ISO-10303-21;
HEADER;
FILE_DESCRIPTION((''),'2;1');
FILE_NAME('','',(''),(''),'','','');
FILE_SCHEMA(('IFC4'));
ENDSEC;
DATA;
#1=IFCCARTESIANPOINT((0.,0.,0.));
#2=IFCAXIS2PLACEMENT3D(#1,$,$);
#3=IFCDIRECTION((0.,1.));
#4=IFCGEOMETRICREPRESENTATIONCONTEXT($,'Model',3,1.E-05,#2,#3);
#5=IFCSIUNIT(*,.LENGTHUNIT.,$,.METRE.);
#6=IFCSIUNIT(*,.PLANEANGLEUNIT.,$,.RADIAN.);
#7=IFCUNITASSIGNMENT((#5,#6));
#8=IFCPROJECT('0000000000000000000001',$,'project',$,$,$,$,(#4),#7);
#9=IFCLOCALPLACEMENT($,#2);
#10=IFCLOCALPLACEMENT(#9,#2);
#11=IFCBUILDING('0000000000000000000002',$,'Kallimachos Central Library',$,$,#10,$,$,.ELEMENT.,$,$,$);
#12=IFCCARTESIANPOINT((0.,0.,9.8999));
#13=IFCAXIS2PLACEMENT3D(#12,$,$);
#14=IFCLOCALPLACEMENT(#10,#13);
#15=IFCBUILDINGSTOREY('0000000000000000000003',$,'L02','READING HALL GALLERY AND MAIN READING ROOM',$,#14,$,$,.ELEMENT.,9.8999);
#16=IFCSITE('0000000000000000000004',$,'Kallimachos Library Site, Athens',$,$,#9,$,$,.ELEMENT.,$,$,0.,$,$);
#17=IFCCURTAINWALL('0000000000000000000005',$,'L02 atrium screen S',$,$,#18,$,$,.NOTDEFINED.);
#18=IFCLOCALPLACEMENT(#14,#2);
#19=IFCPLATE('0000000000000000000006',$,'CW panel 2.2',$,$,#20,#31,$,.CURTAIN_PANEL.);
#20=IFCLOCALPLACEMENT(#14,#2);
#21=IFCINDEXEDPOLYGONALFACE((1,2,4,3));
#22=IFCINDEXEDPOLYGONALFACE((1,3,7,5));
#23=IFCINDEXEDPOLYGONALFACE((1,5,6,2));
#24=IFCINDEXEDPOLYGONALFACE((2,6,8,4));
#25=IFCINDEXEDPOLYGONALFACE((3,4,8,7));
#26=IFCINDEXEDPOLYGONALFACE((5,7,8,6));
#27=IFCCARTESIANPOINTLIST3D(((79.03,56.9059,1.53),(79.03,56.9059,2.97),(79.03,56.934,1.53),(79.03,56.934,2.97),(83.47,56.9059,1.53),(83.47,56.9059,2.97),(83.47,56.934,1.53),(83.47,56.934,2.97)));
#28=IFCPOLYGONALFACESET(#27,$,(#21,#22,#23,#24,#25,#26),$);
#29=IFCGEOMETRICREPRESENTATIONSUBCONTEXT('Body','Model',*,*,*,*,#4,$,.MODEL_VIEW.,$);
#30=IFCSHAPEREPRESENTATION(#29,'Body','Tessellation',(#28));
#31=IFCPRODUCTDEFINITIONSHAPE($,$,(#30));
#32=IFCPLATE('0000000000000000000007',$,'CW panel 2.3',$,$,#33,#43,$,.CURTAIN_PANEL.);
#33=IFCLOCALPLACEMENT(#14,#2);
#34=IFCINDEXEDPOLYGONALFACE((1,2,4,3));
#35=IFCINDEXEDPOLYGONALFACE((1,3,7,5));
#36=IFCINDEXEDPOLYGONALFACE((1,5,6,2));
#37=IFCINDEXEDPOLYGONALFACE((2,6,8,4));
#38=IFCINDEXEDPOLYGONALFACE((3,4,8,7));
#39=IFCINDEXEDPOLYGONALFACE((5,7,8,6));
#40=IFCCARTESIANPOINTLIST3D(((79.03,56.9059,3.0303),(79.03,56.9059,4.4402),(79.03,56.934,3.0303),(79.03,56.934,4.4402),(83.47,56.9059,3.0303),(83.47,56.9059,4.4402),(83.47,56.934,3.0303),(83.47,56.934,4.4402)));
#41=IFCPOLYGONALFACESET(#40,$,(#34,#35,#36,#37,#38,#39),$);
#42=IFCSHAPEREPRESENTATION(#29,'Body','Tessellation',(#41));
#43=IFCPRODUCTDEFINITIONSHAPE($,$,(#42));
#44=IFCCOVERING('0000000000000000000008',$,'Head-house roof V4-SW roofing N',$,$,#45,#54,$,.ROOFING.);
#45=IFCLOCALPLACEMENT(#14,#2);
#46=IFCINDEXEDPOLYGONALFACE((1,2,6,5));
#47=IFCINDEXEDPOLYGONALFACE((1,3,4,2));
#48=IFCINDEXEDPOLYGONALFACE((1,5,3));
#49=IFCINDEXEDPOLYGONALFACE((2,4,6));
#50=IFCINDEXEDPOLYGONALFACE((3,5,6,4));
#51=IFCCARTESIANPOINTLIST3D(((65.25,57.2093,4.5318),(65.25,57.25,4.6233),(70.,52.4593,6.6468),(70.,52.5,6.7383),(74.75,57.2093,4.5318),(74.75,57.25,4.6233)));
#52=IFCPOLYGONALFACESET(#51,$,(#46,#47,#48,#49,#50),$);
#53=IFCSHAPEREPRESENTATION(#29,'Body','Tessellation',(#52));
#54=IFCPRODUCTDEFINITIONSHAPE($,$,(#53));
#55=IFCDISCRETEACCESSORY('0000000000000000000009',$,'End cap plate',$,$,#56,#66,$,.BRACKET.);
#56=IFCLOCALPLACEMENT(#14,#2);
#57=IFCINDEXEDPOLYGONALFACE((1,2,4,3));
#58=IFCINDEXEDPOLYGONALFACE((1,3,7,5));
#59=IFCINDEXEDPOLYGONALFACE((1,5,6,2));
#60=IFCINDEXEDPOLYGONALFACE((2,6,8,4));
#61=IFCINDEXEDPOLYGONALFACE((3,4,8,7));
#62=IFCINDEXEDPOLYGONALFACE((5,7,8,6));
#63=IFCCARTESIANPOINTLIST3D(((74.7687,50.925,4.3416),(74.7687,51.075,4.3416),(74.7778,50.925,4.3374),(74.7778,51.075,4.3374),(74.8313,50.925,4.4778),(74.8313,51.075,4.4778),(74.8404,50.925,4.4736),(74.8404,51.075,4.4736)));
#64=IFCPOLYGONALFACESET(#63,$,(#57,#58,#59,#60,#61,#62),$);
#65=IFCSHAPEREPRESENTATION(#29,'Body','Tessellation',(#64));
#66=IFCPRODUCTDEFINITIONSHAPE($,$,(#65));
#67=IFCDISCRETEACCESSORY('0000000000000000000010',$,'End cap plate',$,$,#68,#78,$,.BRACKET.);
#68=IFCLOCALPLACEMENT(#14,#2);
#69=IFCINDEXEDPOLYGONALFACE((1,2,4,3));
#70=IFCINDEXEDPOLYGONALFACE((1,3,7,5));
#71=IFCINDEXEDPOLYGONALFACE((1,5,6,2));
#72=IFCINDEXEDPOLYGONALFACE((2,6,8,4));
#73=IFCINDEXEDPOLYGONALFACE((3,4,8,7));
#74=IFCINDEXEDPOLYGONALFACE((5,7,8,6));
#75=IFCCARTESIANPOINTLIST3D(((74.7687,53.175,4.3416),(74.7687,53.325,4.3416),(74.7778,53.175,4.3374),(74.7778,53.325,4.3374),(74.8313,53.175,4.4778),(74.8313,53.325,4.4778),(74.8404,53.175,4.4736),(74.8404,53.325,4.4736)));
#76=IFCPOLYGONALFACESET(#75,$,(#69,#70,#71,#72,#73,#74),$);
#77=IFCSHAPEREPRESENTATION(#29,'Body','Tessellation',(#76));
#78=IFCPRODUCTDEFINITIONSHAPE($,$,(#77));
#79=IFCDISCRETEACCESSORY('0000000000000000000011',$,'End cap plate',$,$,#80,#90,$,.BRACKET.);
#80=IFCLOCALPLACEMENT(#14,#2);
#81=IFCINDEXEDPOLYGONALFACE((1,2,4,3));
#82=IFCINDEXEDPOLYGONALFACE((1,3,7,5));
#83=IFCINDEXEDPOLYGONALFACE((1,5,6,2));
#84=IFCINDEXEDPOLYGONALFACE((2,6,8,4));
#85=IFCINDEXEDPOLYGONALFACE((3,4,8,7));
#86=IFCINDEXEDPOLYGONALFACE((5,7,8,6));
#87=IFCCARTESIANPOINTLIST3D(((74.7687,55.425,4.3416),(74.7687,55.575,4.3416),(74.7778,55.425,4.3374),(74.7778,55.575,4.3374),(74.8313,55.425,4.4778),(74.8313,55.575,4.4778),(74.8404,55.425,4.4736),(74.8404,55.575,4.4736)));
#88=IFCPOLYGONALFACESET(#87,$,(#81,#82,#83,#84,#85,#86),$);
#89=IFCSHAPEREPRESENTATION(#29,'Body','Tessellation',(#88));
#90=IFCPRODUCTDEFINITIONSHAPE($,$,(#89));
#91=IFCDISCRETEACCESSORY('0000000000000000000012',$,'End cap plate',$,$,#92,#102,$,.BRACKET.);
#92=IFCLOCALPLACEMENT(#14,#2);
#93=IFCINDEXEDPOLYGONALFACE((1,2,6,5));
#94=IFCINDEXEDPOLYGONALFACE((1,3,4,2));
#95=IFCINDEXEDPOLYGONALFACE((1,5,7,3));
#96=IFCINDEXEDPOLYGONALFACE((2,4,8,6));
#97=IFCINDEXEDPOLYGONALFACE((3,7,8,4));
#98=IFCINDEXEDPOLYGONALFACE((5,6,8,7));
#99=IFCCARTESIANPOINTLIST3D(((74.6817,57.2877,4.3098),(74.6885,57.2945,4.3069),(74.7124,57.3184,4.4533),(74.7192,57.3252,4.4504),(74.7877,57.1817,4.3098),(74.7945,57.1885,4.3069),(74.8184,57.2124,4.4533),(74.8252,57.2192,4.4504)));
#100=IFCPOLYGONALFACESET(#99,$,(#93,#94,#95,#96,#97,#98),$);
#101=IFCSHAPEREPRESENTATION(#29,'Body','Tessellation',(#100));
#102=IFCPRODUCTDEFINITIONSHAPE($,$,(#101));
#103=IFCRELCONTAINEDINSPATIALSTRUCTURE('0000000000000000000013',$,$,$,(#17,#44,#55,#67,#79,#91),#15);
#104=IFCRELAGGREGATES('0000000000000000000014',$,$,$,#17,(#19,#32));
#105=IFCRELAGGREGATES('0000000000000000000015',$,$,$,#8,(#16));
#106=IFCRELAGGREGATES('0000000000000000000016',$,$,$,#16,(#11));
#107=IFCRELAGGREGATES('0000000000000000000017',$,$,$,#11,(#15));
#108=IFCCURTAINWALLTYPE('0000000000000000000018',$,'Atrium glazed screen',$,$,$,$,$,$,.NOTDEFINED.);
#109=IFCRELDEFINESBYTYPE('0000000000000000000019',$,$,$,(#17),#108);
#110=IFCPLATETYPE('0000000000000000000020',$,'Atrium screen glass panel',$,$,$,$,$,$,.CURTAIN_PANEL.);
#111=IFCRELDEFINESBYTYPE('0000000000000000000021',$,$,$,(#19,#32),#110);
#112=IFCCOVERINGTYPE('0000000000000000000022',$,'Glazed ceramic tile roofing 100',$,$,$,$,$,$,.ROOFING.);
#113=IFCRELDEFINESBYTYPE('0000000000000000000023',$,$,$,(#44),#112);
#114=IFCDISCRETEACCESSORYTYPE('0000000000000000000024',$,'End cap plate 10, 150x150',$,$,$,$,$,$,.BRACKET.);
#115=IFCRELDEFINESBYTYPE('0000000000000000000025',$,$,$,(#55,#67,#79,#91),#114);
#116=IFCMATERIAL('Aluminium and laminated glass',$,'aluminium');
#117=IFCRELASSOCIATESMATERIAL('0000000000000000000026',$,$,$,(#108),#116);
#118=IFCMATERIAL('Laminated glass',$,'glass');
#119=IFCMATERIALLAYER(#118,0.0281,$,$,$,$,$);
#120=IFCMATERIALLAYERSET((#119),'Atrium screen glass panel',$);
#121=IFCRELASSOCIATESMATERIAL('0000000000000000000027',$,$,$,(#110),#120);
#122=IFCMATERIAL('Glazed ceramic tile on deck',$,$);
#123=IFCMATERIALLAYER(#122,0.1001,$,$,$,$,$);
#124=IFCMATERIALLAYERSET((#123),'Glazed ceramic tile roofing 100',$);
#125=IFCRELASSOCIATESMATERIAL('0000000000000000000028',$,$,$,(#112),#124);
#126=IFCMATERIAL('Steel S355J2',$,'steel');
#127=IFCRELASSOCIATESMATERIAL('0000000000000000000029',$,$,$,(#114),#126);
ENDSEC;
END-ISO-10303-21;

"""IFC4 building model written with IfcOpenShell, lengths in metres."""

from ifc_helpers import new_model, si_unit, direction, frame, origin, origin_2d, place, context, subcontext, project, spatial, polyline, rectangle, outline, extrude, material, layer, layer_set, material_profile, profile_set, type_object, element, aggregate, save


model = new_model("IFC4")

# Units and contexts
model_context = context("Model", 3, precision=1e-05, world=origin(), true_north=direction((0.0, 1.0)))
body_context = subcontext(model_context, "Body", "Model", "MODEL_VIEW")
ifc_project = project(units=[si_unit("LENGTHUNIT", "METRE"), si_unit("PLANEANGLEUNIT", "RADIAN")], contexts=[model_context])

# Site, building, storey
site_placement = place(None, origin())
site = spatial("IfcSite", under=ifc_project, at=site_placement, Name="Kallimachos Library Site, Athens", CompositionType="ELEMENT", RefElevation=0.0)
building_placement = place(site_placement, origin())
building = spatial("IfcBuilding", under=site, at=building_placement, Name="Kallimachos Central Library", CompositionType="ELEMENT")
storey_placement = place(building_placement, frame((0.0, 0.0, 9.8999)))
storey = spatial("IfcBuildingStorey", under=building, at=storey_placement, Name="L02", Description="READING HALL GALLERY AND MAIN READING ROOM", CompositionType="ELEMENT", Elevation=9.8999)

# Curtain wall
ifc_material_1 = material(Name="Aluminium and laminated glass", Category="aluminium")
curtain_wall_type = type_object("IfcCurtainWallType", Name="Atrium glazed screen", PredefinedType="NOTDEFINED", material=ifc_material_1)
curtain_wall_placement = place(storey_placement, origin())
curtain_wall = element("IfcCurtainWall", 1, at=curtain_wall_placement, inside=storey, type_object=curtain_wall_type, Name="L02 atrium screen S", PredefinedType="NOTDEFINED")

# Plates
ifc_material_2 = material(Name="Laminated glass", Category="glass")
ifc_layer_1 = layer(ifc_material_2, 0.0281)
ifc_layer_set_1 = layer_set([ifc_layer_1], Name="Atrium screen glass panel")
plate_type = type_object("IfcPlateType", Name="Atrium screen glass panel", PredefinedType="CURTAIN_PANEL", material=ifc_layer_set_1)
plate_1_placement = place(storey_placement, frame((81.25, 56.9199, 1.53), z_axis=(0.0, 0.0, 1.0), x_axis=(1.0, 0.0, 0.0)))
plate_1 = element("IfcPlate", 2, at=plate_1_placement, type_object=plate_type, Name="CW panel 2.2", PredefinedType="CURTAIN_PANEL", context=body_context, shape_type="SweptSolid", body=[
    extrude(rectangle(XDim=4.4399, YDim=0.0281, at=origin_2d()), origin(), (0.0, 0.0, 1.0), 1.4399),
])
plate_2_placement = place(storey_placement, frame((81.25, 56.9199, 3.0303), z_axis=(0.0, 0.0, 1.0), x_axis=(1.0, 0.0, 0.0)))
plate_2 = element("IfcPlate", 3, at=plate_2_placement, type_object=plate_type, Name="CW panel 2.3", PredefinedType="CURTAIN_PANEL", context=body_context, shape_type="SweptSolid", body=[
    extrude(rectangle(XDim=4.4399, YDim=0.0281, at=origin_2d()), origin(), (0.0, 0.0, 1.0), 1.4099),
])
aggregate(curtain_wall, [plate_1, plate_2])

# Covering
ifc_material_3 = material(Name="Glazed ceramic tile on deck")
ifc_layer_2 = layer(ifc_material_3, 0.1001)
ifc_layer_set_2 = layer_set([ifc_layer_2], Name="Glazed ceramic tile roofing 100")
covering_type = type_object("IfcCoveringType", Name="Glazed ceramic tile roofing 100", PredefinedType="ROOFING", material=ifc_layer_set_2)
covering_placement = place(storey_placement, frame((74.75, 57.25, 4.6233), z_axis=(0.0, 0.406761, 0.913534), x_axis=(-1.0, 0.0, 0.0)))
element("IfcCovering", 4, at=covering_placement, inside=storey, type_object=covering_type, Name="Head-house roof V4-SW roofing N", PredefinedType="ROOFING", context=body_context, shape_type="SweptSolid", body=[
    extrude(outline(polyline([(0.0, 0.0), (9.5, 0.0), (4.75, 5.1996), (0.0, 0.0)])), origin(), (0.0, 0.0, -1.0), 0.1001),
])

# Discrete accessories
ifc_material_4 = material(Name="Steel S355J2", Category="steel")
ifc_material_profile_1 = material_profile(ifc_material_4, rectangle(XDim=0.1499, YDim=0.1499, at=origin_2d()), Name="End cap plate 10, 150x150")
ifc_profile_set_1 = profile_set([ifc_material_profile_1], Name="Steel S355J2")
discrete_accessory_type = type_object("IfcDiscreteAccessoryType", Name="End cap plate 10, 150x150", PredefinedType="BRACKET", material=ifc_profile_set_1)
for number, where, z_axis, x_axis, name in (
    (5, (74.8091, 51.0, 4.4055), (-0.908677, 0.0, 0.4175), (0.0, -1.0, 0.0), "End cap plate"),
    (6, (74.8091, 53.25, 4.4055), (-0.908677, 0.0, 0.4175), (0.0, -1.0, 0.0), "End cap plate"),
    (7, (74.8091, 55.5, 4.4055), (-0.908677, 0.0, 0.4175), (0.0, -1.0, 0.0), "End cap plate"),
    (8, (74.7568, 57.2568, 4.3787), (-0.676716, -0.676716, 0.290021), (0.707107, -0.707107, 0.0), "End cap plate"),
):
    element("IfcDiscreteAccessory", number, at=place(storey_placement, frame(where, z_axis=z_axis, x_axis=x_axis)), inside=storey, type_object=discrete_accessory_type, Name=name, PredefinedType="BRACKET", context=body_context, shape_type="SweptSolid", body=[
        extrude(rectangle(XDim=0.1499, YDim=0.1499, at=origin_2d()), origin(), (0.0, 0.0, 1.0), 0.01),
    ])

save(model, "model.ifc")
